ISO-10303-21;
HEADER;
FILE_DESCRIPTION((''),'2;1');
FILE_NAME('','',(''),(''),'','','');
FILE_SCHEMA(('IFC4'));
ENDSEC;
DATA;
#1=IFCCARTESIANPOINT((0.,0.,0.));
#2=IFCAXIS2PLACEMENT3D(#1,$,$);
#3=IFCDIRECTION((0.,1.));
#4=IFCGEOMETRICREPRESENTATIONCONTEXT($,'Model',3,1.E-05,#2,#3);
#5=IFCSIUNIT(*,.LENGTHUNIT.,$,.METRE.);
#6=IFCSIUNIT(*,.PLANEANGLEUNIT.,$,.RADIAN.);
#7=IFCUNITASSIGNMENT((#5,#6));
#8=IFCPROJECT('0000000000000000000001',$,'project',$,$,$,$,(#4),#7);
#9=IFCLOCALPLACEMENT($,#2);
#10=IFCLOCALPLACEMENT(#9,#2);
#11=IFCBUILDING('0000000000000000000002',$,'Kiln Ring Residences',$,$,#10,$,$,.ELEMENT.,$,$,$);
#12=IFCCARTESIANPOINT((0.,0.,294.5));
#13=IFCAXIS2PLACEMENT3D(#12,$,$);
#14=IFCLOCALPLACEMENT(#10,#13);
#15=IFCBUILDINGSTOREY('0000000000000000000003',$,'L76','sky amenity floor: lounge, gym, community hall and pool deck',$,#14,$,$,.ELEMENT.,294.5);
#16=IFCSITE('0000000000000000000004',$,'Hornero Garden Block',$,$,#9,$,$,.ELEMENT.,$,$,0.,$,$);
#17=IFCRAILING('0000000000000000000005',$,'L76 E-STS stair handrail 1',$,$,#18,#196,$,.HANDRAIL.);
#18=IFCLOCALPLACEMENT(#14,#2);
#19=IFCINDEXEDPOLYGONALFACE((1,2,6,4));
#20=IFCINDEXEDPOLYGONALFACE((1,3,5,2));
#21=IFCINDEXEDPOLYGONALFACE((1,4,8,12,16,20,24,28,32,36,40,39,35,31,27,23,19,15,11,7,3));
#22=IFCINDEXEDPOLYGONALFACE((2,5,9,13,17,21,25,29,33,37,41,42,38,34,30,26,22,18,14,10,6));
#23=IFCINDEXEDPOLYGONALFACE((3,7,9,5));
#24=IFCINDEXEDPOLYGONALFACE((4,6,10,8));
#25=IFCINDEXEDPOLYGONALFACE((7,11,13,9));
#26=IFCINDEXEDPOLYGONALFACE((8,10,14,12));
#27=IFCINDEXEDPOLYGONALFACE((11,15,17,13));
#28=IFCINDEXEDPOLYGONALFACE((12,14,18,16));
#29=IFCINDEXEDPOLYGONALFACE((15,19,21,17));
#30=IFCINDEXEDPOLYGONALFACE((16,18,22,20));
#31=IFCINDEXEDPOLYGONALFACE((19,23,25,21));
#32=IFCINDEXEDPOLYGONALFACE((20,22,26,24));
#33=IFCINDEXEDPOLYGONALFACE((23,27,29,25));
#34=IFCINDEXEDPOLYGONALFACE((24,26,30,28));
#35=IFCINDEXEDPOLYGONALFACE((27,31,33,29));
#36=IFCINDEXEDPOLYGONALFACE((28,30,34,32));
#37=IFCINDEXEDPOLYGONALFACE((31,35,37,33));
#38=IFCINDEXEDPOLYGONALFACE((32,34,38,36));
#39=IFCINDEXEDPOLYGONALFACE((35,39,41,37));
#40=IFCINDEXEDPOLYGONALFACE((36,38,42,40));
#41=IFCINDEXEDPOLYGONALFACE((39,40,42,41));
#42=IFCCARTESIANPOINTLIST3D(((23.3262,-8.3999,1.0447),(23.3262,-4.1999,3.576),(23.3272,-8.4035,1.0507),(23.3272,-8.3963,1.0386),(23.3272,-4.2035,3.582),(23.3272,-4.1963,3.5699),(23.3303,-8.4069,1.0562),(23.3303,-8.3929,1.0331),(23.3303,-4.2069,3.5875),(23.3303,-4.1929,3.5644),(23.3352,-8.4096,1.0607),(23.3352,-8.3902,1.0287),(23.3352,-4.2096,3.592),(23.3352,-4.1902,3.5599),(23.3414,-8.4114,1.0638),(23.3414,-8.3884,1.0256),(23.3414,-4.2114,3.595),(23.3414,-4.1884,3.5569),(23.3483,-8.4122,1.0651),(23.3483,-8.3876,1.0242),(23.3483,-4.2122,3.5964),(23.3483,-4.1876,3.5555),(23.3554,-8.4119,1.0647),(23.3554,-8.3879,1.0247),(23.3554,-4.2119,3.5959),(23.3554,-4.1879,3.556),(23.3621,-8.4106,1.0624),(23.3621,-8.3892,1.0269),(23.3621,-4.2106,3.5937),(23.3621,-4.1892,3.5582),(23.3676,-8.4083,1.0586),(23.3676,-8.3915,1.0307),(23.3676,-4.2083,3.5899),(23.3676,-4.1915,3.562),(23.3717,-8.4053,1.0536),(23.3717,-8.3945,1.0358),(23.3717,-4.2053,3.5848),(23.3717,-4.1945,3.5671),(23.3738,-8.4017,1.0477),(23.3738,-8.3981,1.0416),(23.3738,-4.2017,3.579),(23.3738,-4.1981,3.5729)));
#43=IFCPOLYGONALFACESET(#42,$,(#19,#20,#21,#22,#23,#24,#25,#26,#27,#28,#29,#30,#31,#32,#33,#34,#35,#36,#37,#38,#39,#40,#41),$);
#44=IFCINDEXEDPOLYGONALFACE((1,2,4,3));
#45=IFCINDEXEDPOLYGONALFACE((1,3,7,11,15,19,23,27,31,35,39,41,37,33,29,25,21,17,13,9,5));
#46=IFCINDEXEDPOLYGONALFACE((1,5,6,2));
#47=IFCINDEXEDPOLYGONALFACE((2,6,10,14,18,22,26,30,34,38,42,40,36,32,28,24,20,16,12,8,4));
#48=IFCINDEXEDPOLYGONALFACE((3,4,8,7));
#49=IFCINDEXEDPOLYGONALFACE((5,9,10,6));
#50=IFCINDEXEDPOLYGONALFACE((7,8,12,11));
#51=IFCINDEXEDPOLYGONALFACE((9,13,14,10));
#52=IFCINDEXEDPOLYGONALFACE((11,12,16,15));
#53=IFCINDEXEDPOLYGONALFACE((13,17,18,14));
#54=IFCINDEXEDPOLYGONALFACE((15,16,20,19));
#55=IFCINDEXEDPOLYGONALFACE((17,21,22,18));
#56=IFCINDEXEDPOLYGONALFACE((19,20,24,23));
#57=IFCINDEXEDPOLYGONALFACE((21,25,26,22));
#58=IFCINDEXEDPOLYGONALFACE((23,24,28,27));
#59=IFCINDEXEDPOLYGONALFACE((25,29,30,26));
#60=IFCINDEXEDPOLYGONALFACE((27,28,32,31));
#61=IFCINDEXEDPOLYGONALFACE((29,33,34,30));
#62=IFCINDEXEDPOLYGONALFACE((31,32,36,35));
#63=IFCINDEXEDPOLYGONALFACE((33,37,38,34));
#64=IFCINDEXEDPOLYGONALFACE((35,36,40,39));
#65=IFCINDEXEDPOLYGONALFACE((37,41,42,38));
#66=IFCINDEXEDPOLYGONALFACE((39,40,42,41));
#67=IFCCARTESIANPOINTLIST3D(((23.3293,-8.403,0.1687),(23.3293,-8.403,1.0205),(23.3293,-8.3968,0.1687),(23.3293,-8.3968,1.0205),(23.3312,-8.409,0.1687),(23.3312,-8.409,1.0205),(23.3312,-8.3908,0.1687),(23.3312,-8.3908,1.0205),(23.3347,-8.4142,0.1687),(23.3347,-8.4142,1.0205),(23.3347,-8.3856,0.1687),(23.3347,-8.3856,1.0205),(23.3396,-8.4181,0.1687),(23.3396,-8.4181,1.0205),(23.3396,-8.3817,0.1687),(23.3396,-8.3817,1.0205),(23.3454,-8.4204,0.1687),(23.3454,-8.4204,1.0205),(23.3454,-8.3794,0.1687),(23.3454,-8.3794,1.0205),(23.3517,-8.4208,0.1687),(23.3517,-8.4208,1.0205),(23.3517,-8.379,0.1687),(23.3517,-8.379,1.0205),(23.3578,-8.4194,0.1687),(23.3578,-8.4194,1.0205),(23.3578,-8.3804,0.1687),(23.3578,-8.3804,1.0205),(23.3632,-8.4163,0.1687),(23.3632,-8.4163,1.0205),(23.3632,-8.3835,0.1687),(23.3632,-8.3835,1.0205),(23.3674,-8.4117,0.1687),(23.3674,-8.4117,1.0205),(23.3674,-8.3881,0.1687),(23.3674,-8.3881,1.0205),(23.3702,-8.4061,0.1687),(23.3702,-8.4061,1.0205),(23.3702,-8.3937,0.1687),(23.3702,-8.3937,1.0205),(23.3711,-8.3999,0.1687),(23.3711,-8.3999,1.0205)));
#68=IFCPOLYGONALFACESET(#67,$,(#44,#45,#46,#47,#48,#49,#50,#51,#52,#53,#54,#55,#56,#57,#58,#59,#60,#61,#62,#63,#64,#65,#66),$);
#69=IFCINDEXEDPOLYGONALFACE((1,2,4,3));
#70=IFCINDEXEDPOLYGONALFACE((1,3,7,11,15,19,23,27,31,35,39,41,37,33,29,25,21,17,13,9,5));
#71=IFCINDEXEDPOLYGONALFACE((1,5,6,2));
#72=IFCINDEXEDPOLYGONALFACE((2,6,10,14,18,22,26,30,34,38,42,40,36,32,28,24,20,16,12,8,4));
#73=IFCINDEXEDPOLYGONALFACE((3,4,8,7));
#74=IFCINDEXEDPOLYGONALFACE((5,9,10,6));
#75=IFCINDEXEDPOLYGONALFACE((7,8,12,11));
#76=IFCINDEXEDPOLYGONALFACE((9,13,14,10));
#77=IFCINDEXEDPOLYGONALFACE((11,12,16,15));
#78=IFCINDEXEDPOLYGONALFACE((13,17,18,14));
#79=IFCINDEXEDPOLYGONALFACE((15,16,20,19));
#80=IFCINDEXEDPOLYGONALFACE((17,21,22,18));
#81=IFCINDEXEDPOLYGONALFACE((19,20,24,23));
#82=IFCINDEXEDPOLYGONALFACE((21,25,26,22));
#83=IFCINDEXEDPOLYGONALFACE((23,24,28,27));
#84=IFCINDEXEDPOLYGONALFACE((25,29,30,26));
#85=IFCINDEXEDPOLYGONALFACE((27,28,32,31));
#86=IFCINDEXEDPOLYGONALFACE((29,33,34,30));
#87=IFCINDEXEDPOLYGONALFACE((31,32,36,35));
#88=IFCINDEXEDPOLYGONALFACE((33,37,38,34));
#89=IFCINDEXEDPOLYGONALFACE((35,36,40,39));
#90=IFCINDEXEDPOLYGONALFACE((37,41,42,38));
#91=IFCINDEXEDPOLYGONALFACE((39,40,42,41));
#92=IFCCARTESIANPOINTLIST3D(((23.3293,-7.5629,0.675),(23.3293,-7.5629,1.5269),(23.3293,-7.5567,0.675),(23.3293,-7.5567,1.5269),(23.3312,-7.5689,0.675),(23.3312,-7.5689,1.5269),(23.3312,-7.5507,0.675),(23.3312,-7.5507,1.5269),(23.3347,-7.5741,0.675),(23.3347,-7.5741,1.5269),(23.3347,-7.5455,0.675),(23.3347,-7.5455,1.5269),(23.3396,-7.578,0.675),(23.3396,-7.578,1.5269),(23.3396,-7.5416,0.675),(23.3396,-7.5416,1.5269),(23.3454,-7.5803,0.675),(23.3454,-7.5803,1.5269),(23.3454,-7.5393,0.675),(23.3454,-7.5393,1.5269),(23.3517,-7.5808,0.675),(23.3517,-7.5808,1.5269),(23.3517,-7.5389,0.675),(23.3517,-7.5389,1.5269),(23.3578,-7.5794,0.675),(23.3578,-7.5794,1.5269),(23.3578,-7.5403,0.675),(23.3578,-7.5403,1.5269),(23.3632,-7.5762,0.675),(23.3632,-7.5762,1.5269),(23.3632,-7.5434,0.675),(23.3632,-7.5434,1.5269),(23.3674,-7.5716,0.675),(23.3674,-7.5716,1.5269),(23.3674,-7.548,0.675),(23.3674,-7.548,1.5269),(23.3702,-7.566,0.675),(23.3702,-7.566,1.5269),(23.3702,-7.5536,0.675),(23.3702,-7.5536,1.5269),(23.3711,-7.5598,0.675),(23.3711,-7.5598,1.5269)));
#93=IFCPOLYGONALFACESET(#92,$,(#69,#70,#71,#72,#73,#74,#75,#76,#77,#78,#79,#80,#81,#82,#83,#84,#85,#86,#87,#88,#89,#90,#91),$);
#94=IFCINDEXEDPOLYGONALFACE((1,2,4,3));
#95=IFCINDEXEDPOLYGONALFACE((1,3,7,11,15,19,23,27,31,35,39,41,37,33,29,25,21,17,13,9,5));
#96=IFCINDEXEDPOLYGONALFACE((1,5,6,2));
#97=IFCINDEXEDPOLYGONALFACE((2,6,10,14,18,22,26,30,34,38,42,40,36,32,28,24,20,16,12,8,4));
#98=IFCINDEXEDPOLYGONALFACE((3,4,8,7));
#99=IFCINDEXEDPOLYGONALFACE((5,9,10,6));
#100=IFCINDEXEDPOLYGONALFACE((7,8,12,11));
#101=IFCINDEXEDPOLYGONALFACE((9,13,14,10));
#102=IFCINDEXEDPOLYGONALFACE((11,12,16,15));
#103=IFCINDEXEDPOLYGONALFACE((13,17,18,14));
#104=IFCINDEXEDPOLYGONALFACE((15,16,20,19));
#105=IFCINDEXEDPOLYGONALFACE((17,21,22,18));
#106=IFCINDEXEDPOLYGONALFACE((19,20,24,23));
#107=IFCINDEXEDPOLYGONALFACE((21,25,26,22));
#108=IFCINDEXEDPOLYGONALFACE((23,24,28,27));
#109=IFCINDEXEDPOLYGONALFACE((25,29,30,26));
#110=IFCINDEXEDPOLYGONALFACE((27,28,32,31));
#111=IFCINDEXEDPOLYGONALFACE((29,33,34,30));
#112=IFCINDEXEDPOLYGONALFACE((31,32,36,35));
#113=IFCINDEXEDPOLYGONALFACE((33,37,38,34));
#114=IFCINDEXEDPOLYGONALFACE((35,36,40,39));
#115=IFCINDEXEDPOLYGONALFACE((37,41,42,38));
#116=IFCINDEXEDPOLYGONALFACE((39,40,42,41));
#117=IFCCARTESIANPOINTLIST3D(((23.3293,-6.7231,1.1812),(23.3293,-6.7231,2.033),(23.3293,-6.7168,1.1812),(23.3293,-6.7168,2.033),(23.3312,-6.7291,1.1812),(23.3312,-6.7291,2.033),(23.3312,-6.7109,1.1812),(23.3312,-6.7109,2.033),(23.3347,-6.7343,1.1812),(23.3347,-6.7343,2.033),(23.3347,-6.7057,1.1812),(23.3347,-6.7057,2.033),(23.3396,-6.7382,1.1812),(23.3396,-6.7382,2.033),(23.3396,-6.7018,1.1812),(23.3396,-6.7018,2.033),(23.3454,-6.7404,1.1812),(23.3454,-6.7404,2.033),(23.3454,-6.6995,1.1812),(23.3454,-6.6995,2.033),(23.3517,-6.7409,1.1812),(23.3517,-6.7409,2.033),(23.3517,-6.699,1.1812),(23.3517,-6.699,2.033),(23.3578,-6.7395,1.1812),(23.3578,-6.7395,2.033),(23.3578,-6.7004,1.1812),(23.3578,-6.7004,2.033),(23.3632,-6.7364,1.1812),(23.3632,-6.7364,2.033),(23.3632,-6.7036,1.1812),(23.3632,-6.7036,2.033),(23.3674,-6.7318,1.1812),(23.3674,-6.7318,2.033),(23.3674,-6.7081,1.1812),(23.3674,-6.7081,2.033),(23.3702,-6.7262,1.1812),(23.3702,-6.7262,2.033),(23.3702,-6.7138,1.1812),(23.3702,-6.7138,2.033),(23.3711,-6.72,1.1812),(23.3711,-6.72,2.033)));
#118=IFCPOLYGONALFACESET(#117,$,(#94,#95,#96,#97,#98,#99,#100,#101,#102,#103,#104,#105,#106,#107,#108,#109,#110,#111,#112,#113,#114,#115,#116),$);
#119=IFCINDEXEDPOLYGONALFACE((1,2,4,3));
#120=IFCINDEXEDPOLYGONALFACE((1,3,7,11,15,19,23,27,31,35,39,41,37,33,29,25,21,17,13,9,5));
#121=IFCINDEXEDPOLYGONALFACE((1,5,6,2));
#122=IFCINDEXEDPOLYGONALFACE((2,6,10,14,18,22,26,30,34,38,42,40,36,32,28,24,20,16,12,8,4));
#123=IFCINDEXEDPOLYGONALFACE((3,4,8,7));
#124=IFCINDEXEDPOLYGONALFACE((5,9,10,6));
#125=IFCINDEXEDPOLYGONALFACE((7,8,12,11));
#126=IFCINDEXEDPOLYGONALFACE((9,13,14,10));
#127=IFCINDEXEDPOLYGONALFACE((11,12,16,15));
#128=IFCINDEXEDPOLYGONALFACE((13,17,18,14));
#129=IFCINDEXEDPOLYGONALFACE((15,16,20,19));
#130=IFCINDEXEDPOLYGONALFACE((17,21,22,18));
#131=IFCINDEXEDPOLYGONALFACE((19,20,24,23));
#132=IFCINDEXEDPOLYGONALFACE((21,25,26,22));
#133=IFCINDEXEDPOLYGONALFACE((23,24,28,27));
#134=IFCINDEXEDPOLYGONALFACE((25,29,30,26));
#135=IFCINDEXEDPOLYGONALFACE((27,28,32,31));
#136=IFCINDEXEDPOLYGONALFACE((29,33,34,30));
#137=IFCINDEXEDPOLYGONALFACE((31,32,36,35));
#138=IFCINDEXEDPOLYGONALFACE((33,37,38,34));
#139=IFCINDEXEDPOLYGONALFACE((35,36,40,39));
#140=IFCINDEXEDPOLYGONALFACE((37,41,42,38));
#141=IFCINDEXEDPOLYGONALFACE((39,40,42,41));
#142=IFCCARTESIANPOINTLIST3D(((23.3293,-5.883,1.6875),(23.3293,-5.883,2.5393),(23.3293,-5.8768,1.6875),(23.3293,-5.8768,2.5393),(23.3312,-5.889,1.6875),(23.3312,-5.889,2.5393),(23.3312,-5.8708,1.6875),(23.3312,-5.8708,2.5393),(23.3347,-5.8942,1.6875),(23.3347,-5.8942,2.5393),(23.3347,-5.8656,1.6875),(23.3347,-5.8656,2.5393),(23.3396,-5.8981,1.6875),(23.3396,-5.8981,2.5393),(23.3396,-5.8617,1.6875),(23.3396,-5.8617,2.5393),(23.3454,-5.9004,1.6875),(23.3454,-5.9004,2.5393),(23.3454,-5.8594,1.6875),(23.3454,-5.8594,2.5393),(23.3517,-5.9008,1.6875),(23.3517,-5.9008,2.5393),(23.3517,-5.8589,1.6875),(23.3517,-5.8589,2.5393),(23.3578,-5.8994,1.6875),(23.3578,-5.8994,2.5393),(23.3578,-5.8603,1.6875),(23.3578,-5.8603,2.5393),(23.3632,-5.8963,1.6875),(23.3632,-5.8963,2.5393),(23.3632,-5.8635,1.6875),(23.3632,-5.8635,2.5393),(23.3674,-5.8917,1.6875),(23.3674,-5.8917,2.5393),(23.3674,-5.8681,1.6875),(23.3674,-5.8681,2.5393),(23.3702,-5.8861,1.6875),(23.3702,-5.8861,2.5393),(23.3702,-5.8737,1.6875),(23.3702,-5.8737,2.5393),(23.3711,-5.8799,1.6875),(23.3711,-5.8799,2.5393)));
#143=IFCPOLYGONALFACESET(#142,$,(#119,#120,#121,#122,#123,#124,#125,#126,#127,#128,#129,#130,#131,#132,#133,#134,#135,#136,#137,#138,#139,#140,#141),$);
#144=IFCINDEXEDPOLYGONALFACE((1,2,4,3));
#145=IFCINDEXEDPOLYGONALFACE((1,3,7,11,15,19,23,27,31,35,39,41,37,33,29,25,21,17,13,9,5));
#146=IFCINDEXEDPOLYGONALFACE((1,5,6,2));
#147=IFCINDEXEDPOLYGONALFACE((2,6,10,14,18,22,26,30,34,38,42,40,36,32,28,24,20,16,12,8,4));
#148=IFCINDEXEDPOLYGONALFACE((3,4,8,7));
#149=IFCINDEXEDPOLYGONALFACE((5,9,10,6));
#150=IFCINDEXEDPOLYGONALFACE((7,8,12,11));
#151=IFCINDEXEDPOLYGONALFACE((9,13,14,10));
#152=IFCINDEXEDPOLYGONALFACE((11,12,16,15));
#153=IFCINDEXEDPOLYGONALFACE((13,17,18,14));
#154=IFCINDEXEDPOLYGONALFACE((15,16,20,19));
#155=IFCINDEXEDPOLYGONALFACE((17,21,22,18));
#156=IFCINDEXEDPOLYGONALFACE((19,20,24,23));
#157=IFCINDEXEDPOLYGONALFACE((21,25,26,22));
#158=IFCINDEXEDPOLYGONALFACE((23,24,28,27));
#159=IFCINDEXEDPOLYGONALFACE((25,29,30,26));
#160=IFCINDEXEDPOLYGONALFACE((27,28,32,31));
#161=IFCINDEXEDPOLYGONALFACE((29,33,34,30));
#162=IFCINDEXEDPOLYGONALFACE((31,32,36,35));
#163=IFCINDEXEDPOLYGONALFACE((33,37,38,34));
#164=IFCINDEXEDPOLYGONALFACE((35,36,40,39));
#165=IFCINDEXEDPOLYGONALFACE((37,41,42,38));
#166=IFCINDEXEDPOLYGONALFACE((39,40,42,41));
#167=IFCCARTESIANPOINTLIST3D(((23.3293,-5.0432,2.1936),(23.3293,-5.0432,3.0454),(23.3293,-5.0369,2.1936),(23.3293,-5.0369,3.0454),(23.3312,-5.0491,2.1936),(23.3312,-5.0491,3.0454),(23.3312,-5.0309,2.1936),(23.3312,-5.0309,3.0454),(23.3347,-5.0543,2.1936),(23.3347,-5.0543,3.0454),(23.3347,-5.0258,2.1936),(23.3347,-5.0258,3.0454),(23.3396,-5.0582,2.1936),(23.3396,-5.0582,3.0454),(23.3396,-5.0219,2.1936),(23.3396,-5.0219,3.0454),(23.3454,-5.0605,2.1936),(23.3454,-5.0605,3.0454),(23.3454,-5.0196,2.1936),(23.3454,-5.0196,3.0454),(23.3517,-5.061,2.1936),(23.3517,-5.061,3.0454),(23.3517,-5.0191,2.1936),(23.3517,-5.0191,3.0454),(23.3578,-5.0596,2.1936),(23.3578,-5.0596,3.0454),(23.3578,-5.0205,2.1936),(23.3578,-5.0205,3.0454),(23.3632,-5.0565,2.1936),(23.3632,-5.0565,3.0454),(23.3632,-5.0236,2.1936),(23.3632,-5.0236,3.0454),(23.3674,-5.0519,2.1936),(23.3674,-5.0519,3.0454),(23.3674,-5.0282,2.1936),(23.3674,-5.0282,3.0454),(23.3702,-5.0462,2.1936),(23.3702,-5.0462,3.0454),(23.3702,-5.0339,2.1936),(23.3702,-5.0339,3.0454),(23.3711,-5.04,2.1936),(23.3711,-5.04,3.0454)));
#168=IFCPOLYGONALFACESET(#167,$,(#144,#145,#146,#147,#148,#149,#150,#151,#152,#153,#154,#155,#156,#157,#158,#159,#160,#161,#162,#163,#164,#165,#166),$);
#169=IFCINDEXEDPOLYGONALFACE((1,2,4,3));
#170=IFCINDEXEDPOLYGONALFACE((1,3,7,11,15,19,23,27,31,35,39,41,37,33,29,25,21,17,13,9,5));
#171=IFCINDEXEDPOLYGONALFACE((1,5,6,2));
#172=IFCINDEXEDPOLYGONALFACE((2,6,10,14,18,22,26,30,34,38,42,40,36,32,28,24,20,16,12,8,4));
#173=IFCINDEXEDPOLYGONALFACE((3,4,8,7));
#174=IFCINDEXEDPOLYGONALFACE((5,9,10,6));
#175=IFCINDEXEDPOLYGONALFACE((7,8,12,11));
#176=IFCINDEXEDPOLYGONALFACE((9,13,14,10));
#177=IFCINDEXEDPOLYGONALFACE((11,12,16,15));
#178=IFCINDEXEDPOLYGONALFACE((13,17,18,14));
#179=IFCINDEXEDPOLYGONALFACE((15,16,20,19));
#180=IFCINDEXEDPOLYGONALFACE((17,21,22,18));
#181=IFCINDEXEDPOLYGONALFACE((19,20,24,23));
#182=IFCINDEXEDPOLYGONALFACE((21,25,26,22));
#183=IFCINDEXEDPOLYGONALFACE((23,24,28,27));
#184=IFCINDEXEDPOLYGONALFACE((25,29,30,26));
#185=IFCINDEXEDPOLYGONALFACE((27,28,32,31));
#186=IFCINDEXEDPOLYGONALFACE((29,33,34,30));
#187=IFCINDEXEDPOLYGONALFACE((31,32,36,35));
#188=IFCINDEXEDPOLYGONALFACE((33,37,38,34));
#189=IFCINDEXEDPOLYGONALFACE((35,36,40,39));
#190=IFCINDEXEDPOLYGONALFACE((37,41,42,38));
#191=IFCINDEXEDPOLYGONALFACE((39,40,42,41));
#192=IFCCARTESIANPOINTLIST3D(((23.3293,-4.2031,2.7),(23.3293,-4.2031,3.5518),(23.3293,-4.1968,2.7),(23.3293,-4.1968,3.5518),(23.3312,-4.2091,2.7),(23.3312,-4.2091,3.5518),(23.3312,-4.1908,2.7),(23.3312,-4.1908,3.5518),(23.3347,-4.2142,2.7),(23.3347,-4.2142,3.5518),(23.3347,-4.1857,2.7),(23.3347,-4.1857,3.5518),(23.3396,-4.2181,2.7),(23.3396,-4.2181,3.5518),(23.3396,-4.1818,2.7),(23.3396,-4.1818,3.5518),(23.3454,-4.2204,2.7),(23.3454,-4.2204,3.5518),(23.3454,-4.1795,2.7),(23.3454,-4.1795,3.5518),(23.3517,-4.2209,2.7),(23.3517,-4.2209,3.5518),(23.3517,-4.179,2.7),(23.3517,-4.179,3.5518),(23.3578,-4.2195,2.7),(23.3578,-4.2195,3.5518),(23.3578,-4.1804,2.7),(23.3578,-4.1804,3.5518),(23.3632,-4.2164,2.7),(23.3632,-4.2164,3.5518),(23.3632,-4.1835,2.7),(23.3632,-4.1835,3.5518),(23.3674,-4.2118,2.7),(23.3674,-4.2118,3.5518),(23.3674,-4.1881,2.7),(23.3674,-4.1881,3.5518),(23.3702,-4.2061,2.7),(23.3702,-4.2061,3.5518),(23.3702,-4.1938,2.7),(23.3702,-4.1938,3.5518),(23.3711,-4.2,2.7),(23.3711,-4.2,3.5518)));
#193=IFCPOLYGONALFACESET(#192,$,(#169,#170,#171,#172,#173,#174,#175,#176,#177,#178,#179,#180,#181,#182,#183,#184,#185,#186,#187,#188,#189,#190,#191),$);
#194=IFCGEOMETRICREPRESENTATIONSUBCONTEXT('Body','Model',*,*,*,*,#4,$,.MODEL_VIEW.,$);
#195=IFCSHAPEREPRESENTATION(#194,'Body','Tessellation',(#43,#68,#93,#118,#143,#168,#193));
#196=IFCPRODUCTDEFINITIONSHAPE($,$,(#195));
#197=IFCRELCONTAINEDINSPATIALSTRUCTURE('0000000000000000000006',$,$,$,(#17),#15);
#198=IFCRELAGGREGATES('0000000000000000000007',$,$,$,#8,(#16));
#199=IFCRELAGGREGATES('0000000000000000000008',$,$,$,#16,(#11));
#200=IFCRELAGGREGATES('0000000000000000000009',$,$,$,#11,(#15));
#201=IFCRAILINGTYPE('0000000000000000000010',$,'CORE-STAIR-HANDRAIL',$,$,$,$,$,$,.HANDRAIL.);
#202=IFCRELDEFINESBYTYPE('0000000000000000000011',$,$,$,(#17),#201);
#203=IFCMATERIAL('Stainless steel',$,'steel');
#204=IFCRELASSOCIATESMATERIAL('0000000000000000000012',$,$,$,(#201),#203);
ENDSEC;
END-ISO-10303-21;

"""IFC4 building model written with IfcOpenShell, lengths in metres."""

from ifc_helpers import new_model, si_unit, direction, frame, origin, origin_2d, place, context, subcontext, project, spatial, circle, extrude, material, type_object, element, save


model = new_model("IFC4")

# Units and contexts
model_context = context("Model", 3, precision=1e-05, world=origin(), true_north=direction((0.0, 1.0)))
body_context = subcontext(model_context, "Body", "Model", "MODEL_VIEW")
ifc_project = project(units=[si_unit("LENGTHUNIT", "METRE"), si_unit("PLANEANGLEUNIT", "RADIAN")], contexts=[model_context])

# Site, building, storey
site_placement = place(None, origin())
site = spatial("IfcSite", under=ifc_project, at=site_placement, Name="Hornero Garden Block", CompositionType="ELEMENT", RefElevation=0.0)
building_placement = place(site_placement, origin())
building = spatial("IfcBuilding", under=site, at=building_placement, Name="Kiln Ring Residences", CompositionType="ELEMENT")
storey_placement = place(building_placement, frame((0.0, 0.0, 294.5)))
storey = spatial("IfcBuildingStorey", under=building, at=storey_placement, Name="L76", Description="sky amenity floor: lounge, gym, community hall and pool deck", CompositionType="ELEMENT", Elevation=294.5)

# Railing
ifc_material_1 = material(Name="Stainless steel", Category="steel")
railing_type_1 = type_object("IfcRailingType", Name="CORE-STAIR-HANDRAIL", PredefinedType="HANDRAIL", material=ifc_material_1)
railing_1_placement = place(storey_placement, frame((23.3501, -8.3999, 0.1687)))
element("IfcRailing", 1, at=railing_1_placement, inside=storey, type_object=railing_type_1, Name="L76 E-STS stair handrail 1", PredefinedType="HANDRAIL", context=body_context, shape_type="SweptSolid", body=[
    extrude(circle(Radius=0.0239, at=origin_2d()), frame((0.0, 0.0, 0.876), z_axis=(0.0, 0.856476, 0.516186), x_axis=(-1.0, 0.0, 0.0)), (0.0, 0.0, 1.0), 4.9038),
    extrude(circle(Radius=0.021, at=origin_2d()), origin(), (0.0, 0.0, 1.0), 0.8518),
    extrude(circle(Radius=0.021, at=origin_2d()), frame((0.0, 0.8401, 0.5063)), (0.0, 0.0, 1.0), 0.8518),
    extrude(circle(Radius=0.021, at=origin_2d()), frame((0.0, 1.6799, 1.0125)), (0.0, 0.0, 1.0), 0.8518),
    extrude(circle(Radius=0.021, at=origin_2d()), frame((0.0, 2.52, 1.5188)), (0.0, 0.0, 1.0), 0.8518),
    extrude(circle(Radius=0.021, at=origin_2d()), frame((0.0, 3.3599, 2.0249)), (0.0, 0.0, 1.0), 0.8518),
    extrude(circle(Radius=0.021, at=origin_2d()), frame((0.0, 4.2, 2.5312)), (0.0, 0.0, 1.0), 0.8518),
])

save(model, "model.ifc")
